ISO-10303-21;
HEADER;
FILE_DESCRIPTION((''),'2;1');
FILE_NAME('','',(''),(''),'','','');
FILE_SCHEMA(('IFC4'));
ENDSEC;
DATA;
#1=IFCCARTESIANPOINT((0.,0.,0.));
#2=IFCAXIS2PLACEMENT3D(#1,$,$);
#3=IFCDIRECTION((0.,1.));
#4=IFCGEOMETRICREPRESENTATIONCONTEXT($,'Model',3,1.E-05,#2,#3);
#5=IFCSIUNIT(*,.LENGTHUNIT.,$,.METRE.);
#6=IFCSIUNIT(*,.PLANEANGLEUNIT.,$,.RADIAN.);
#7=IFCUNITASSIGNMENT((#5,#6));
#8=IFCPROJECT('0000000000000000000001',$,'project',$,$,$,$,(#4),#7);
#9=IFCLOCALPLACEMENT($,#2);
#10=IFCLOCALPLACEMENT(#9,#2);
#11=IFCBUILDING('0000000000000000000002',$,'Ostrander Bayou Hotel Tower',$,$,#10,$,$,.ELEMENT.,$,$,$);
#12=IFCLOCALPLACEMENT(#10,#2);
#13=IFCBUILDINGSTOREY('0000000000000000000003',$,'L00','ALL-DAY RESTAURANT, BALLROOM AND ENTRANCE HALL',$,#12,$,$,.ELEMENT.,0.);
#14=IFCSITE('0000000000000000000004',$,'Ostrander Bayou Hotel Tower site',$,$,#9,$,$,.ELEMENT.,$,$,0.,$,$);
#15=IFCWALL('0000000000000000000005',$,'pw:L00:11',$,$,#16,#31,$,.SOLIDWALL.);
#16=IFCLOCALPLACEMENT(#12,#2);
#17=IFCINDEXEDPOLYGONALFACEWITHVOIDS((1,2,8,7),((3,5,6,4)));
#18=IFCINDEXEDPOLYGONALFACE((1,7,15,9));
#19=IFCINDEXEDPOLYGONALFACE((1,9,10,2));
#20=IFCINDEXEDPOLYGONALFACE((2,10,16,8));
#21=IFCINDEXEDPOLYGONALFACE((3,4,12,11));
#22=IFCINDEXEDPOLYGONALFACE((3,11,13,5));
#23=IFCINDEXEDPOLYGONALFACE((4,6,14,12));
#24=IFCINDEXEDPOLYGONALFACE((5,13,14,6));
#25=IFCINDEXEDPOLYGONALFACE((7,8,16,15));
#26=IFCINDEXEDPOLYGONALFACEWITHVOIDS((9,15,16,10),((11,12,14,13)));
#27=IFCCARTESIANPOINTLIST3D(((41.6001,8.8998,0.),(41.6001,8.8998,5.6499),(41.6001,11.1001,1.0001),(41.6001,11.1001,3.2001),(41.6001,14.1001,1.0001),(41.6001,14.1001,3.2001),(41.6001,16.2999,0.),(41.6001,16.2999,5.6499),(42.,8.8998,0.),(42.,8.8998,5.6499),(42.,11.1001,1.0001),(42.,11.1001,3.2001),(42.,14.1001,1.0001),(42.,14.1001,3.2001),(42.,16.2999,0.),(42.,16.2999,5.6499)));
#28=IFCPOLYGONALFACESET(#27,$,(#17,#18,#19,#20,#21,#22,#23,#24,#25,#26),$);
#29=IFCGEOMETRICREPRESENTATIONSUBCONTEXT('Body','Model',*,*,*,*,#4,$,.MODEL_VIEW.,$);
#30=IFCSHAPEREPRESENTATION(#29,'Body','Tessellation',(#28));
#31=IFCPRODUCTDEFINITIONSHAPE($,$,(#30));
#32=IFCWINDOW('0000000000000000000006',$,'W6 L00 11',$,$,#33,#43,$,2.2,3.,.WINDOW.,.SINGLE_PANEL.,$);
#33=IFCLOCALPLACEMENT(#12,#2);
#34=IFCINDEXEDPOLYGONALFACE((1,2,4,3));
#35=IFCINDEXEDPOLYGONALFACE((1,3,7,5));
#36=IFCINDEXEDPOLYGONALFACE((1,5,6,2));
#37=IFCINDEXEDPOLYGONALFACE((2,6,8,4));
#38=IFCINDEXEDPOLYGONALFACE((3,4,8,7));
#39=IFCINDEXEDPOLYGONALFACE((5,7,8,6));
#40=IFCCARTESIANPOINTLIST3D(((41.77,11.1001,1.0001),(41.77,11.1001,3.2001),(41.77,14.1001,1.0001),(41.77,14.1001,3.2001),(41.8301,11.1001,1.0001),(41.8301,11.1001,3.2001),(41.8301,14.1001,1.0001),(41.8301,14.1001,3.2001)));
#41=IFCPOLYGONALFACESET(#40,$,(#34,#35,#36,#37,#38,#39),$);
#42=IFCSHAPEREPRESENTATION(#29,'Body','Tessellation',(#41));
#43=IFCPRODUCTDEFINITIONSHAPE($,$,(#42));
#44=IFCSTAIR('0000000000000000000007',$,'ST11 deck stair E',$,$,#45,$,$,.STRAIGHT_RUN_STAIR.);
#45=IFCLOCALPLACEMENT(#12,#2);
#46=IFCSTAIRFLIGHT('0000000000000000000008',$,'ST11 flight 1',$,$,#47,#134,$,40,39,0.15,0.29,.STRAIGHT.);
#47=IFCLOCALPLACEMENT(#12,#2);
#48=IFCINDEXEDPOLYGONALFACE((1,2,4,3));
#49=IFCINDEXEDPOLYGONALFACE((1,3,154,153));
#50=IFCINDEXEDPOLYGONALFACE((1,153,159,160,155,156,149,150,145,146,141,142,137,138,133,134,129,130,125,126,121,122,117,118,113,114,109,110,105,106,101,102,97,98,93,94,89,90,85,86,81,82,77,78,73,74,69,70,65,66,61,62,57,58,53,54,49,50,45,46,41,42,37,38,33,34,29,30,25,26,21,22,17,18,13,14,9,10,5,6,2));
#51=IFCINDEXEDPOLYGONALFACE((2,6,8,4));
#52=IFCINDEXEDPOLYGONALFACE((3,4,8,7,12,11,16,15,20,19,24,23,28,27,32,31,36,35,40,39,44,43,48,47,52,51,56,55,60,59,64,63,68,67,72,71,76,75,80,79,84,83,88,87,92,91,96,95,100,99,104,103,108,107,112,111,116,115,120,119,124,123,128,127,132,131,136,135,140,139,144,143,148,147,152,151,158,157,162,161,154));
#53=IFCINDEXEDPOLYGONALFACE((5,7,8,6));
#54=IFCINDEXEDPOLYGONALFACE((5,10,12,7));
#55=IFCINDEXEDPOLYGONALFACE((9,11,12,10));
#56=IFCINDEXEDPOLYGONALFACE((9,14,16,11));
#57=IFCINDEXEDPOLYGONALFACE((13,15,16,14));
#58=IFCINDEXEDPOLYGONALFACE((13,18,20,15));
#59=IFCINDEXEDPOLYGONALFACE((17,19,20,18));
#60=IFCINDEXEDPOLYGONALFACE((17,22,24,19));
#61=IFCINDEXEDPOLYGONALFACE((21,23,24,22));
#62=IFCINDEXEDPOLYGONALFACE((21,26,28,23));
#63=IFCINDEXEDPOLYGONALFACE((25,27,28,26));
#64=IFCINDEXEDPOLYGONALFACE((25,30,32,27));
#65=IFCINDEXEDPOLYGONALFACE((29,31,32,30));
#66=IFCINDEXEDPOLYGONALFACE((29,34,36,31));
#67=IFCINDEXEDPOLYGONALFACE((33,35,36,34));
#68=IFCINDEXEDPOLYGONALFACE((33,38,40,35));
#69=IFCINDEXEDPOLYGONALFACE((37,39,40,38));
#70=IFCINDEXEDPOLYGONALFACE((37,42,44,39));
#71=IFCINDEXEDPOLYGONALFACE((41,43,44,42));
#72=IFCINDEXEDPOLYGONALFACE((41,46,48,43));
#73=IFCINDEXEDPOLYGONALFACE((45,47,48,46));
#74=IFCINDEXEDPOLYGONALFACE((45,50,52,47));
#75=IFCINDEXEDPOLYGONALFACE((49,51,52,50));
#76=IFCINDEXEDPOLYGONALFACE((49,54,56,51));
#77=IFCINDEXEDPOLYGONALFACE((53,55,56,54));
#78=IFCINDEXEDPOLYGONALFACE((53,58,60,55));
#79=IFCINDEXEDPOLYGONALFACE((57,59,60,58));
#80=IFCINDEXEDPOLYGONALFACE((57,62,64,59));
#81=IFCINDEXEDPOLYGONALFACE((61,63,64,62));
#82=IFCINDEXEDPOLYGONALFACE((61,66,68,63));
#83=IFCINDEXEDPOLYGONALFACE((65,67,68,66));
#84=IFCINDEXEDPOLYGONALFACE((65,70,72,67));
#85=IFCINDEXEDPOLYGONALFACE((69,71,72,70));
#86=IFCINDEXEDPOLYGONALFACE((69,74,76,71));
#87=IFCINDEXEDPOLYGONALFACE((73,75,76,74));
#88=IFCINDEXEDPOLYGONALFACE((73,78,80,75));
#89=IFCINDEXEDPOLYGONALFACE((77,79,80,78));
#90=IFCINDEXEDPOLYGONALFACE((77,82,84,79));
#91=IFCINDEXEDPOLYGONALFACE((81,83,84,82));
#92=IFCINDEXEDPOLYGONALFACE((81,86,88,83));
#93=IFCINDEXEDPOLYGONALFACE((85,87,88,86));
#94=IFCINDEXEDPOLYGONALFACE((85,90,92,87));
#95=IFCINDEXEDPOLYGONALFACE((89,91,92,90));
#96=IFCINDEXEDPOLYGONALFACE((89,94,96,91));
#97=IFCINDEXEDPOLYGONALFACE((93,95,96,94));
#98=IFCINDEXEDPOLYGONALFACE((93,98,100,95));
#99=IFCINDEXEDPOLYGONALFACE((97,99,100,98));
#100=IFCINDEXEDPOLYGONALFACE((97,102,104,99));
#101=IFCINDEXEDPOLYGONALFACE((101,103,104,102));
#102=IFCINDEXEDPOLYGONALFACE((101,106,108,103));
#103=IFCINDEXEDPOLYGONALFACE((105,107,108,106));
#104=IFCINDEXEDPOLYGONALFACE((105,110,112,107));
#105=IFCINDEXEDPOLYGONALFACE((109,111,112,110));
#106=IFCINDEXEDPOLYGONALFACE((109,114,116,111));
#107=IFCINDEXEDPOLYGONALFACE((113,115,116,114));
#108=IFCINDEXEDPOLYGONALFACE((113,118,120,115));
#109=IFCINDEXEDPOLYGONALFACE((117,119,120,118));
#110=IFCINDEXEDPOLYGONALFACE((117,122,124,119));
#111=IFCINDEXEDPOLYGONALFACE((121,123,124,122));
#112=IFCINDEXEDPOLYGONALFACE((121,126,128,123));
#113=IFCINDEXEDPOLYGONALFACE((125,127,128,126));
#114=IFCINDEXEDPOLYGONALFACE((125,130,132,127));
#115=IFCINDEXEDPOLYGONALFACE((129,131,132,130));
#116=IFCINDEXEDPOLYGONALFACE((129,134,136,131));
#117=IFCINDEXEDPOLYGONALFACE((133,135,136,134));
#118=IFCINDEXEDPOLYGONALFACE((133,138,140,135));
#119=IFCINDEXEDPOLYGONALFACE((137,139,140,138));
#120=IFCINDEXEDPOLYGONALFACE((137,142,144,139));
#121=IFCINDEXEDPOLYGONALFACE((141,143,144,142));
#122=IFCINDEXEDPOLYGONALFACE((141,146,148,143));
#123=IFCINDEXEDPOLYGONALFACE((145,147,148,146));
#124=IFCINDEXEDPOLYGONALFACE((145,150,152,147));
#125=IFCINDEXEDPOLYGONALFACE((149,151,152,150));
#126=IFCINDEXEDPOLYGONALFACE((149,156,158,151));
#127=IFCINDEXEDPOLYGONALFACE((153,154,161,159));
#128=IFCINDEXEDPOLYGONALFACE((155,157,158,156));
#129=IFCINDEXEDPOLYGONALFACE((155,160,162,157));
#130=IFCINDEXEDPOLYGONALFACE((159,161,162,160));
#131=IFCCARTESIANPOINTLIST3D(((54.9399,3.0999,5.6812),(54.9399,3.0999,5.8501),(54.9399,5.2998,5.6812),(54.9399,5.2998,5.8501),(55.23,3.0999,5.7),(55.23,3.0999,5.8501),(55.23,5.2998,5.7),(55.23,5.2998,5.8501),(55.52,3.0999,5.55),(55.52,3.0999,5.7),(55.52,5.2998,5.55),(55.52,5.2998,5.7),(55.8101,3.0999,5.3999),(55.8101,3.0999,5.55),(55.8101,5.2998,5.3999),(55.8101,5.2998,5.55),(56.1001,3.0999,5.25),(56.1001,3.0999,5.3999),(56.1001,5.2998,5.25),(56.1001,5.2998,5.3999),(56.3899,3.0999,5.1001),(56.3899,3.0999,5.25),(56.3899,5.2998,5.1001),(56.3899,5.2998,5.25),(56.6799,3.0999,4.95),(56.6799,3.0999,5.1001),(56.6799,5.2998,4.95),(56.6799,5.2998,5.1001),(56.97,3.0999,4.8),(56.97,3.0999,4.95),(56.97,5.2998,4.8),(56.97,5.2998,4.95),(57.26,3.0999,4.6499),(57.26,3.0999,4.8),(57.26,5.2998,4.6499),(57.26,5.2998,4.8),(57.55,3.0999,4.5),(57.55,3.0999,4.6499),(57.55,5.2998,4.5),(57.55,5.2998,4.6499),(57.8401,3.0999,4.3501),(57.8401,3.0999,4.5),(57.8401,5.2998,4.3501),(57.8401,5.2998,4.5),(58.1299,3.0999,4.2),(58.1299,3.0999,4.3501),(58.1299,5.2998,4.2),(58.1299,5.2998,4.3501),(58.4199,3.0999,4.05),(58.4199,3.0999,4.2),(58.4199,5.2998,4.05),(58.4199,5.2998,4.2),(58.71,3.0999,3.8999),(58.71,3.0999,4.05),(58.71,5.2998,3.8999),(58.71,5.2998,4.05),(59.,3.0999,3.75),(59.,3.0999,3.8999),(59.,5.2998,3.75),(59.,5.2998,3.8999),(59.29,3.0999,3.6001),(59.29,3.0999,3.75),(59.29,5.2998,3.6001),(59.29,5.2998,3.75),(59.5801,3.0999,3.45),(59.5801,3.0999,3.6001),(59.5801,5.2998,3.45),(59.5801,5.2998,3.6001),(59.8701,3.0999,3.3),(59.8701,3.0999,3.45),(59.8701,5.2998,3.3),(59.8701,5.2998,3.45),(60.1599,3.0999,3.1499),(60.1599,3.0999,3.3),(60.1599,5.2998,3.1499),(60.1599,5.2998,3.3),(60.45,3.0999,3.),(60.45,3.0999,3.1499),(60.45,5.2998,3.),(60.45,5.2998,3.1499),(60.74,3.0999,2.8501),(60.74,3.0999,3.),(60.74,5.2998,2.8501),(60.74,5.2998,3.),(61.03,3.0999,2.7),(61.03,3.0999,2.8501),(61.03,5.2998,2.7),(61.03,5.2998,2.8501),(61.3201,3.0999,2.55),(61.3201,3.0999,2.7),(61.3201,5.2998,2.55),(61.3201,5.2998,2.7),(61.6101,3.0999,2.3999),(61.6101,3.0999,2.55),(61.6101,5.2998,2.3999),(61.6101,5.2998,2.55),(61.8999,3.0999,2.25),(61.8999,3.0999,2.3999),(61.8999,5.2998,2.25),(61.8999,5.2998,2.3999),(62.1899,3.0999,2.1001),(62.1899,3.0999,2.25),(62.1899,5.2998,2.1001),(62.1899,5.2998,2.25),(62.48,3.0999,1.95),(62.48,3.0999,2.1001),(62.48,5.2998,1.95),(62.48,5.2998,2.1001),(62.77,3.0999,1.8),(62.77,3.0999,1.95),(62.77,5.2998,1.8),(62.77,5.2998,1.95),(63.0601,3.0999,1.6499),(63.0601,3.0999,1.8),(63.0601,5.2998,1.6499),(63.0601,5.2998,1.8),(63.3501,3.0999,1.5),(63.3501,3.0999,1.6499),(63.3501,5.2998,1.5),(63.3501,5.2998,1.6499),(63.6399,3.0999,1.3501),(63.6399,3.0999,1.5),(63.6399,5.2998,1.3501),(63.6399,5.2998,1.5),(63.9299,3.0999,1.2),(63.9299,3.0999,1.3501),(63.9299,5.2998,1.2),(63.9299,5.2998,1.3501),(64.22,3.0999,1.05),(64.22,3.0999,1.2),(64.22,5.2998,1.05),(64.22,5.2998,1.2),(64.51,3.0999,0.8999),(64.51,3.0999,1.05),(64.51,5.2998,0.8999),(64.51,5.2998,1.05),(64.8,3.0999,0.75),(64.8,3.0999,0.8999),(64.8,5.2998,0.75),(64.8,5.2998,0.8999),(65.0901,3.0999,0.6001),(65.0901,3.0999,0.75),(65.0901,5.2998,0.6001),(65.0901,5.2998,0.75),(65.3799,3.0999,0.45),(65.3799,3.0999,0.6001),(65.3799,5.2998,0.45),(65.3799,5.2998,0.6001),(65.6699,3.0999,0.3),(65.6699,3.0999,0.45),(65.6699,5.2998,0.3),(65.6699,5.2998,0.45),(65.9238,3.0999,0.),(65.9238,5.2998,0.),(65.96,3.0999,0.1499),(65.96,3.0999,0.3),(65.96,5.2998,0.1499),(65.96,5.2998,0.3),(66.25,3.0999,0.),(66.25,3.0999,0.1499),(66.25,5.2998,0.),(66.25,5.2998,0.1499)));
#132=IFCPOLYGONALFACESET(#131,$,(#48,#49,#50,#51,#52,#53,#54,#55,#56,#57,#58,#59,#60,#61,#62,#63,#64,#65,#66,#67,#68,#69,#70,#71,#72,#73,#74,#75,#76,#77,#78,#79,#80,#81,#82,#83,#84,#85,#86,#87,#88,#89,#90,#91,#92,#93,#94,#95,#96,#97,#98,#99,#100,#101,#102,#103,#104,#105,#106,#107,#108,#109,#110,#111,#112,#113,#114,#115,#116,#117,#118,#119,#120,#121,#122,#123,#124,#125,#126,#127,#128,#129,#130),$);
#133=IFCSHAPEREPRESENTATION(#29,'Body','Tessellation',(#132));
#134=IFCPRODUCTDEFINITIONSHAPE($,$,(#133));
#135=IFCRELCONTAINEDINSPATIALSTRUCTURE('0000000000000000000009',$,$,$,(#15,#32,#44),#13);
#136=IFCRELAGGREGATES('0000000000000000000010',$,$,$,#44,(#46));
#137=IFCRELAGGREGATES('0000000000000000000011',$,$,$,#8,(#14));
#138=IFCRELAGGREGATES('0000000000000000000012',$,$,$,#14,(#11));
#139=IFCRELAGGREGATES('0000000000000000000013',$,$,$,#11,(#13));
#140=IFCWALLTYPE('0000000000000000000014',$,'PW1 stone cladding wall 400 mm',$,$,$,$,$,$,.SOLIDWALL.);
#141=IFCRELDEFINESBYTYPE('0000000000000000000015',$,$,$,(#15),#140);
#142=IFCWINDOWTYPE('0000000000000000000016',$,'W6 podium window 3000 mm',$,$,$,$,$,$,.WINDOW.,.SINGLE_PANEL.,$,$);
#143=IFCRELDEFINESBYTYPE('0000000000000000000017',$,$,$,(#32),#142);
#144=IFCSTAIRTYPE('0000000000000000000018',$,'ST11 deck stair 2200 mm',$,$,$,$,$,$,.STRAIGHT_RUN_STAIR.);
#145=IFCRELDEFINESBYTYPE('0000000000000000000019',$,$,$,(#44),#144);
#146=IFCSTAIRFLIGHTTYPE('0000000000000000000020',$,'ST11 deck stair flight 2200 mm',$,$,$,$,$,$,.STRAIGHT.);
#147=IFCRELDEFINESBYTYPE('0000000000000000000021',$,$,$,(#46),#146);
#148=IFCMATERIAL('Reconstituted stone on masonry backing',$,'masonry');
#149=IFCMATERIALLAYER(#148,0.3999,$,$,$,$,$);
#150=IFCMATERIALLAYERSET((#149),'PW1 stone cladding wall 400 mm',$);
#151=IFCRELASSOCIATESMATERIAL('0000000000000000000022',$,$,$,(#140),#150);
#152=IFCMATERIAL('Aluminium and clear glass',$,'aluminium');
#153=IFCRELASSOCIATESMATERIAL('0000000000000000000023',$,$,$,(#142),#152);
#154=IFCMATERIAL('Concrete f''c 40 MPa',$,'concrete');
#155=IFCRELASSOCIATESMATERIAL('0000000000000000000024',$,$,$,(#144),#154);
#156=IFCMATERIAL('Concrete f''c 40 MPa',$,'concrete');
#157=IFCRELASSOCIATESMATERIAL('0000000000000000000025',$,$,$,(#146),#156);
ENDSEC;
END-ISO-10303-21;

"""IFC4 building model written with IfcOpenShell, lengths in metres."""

from ifc_helpers import new_model, si_unit, direction, frame, frame_2d, origin, place, context, subcontext, project, spatial, polyline, rectangle, outline, extrude, material, layer, layer_set, type_object, element, fill, aggregate, save


model = new_model("IFC4")

# Units and contexts
model_context = context("Model", 3, precision=1e-05, world=origin(), true_north=direction((0.0, 1.0)))
body_context = subcontext(model_context, "Body", "Model", "MODEL_VIEW")
ifc_project = project(units=[si_unit("LENGTHUNIT", "METRE"), si_unit("PLANEANGLEUNIT", "RADIAN")], contexts=[model_context])

# Site, building, storey
site_placement = place(None, origin())
site = spatial("IfcSite", under=ifc_project, at=site_placement, Name="Ostrander Bayou Hotel Tower site", CompositionType="ELEMENT", RefElevation=0.0)
building_placement = place(site_placement, origin())
building = spatial("IfcBuilding", under=site, at=building_placement, Name="Ostrander Bayou Hotel Tower", CompositionType="ELEMENT")
storey_placement = place(building_placement, origin())
storey = spatial("IfcBuildingStorey", under=building, at=storey_placement, Name="L00", Description="ALL-DAY RESTAURANT, BALLROOM AND ENTRANCE HALL", CompositionType="ELEMENT", Elevation=0.0)

# Shared definitions
ifc_material_1 = material(Name="Reconstituted stone on masonry backing", Category="masonry")
ifc_layer = layer(ifc_material_1, 0.3999)
ifc_layer_set = layer_set([ifc_layer], Name="PW1 stone cladding wall 400 mm")
wall_type = type_object("IfcWallType", Name="PW1 stone cladding wall 400 mm", PredefinedType="SOLIDWALL", material=ifc_layer_set)
ifc_material_2 = material(Name="Aluminium and clear glass", Category="aluminium")
window_type = type_object("IfcWindowType", Name="W6 podium window 3000 mm", PartitioningType="SINGLE_PANEL", PredefinedType="WINDOW", material=ifc_material_2)

# Wall, opening, window
wall_1_placement = place(storey_placement, frame((41.8, 16.3, 0.0), z_axis=(0.0, 0.0, 1.0), x_axis=(0.0, -1.0, 0.0)))
wall_1 = element("IfcWall", 1, at=wall_1_placement, inside=storey, type_object=wall_type, Name="pw:L00:11", PredefinedType="SOLIDWALL", context=body_context, shape_type="SweptSolid", body=[
    extrude(rectangle(XDim=7.4001, YDim=0.3999, at=frame_2d((3.7002, 0.0))), origin(), (0.0, 0.0, 1.0), 5.6499),
])
opening_1_placement = place(wall_1_placement, frame((2.2, 0.0, 1.0)))
opening_1 = element("IfcOpeningElement", 2, at=opening_1_placement, cuts=wall_1, PredefinedType="OPENING", context=body_context, shape_type="SweptSolid", body=[
    extrude(rectangle(XDim=3.0, YDim=2.2, at=frame_2d((1.5, 1.1001))), frame((0.0, 0.2, 0.0), z_axis=(0.0, -1.0, 0.0), x_axis=(1.0, 0.0, 0.0)), (0.0, 0.0, 1.0), 0.3999),
])
window_1_placement = place(opening_1_placement, origin())
window_1 = element("IfcWindow", 3, at=window_1_placement, inside=storey, type_object=window_type, Name="W6 L00 11", OverallHeight=2.2, OverallWidth=3.0, PartitioningType="SINGLE_PANEL", PredefinedType="WINDOW", context=body_context, shape_type="SweptSolid", body=[
    extrude(rectangle(XDim=3.0, YDim=2.2, at=frame_2d((1.5, 1.1001))), frame((0.0, 0.03, 0.0), z_axis=(0.0, -1.0, 0.0), x_axis=(1.0, 0.0, 0.0)), (0.0, 0.0, 1.0), 0.0601),
])
fill(opening_1, window_1)

# Stair, stair flight
ifc_material_3 = material(Name="Concrete f'c 40 MPa", Category="concrete")
stair_type = type_object("IfcStairType", Name="ST11 deck stair 2200 mm", PredefinedType="STRAIGHT_RUN_STAIR", material=ifc_material_3)
stair_placement = place(storey_placement, origin())
stair = element("IfcStair", 4, at=stair_placement, inside=storey, type_object=stair_type, Name="ST11 deck stair E", PredefinedType="STRAIGHT_RUN_STAIR")
ifc_material_4 = material(Name="Concrete f'c 40 MPa", Category="concrete")
stair_flight_type = type_object("IfcStairFlightType", Name="ST11 deck stair flight 2200 mm", PredefinedType="STRAIGHT", material=ifc_material_4)
stair_flight_placement = place(storey_placement, frame((66.25, 4.2, 0.0), z_axis=(0.0, 0.0, 1.0), x_axis=(-1.0, 0.0, 0.0)))
stair_flight = element("IfcStairFlight", 5, at=stair_flight_placement, type_object=stair_flight_type, Name="ST11 flight 1", NumberOfRisers=40, NumberOfTreads=39, PredefinedType="STRAIGHT", RiserHeight=0.15, TreadLength=0.29, context=body_context, shape_type="SweptSolid", body=[
    extrude(outline(polyline([(0.0, 0.0), (0.0, 0.1499), (0.29, 0.1499), (0.29, 0.3), (0.5801, 0.3), (0.5801, 0.45), (0.8701, 0.45), (0.8701, 0.6001), (1.1599, 0.6001), (1.1599, 0.75), (1.45, 0.75), (1.45, 0.8999), (1.74, 0.8999), (1.74, 1.05), (2.03, 1.05), (2.03, 1.2), (2.3201, 1.2), (2.3201, 1.3501), (2.6101, 1.3501), (2.6101, 1.5), (2.8999, 1.5), (2.8999, 1.6499), (3.1899, 1.6499), (3.1899, 1.8), (3.48, 1.8), (3.48, 1.95), (3.77, 1.95), (3.77, 2.1001), (4.0601, 2.1001), (4.0601, 2.25), (4.3501, 2.25), (4.3501, 2.3999), (4.6399, 2.3999), (4.6399, 2.55), (4.9299, 2.55), (4.9299, 2.7), (5.22, 2.7), (5.22, 2.8501), (5.51, 2.8501), (5.51, 3.0), (5.8, 3.0), (5.8, 3.1499), (6.0901, 3.1499), (6.0901, 3.3), (6.3799, 3.3), (6.3799, 3.45), (6.6699, 3.45), (6.6699, 3.6001), (6.96, 3.6001), (6.96, 3.75), (7.25, 3.75), (7.25, 3.8999), (7.54, 3.8999), (7.54, 4.05), (7.8301, 4.05), (7.8301, 4.2), (8.1201, 4.2), (8.1201, 4.3501), (8.4099, 4.3501), (8.4099, 4.5), (8.7, 4.5), (8.7, 4.6499), (8.99, 4.6499), (8.99, 4.8), (9.28, 4.8), (9.28, 4.95), (9.5701, 4.95), (9.5701, 5.1001), (9.8601, 5.1001), (9.8601, 5.25), (10.1499, 5.25), (10.1499, 5.3999), (10.4399, 5.3999), (10.4399, 5.55), (10.73, 5.55), (10.73, 5.7), (11.02, 5.7), (11.02, 5.8501), (11.3101, 5.8501), (11.3101, 6.0), (11.3101, 5.6812), (0.3262, 0.0), (0.0, 0.0)])), frame((0.0, 1.1001, 0.0), z_axis=(0.0, -1.0, 0.0), x_axis=(1.0, 0.0, 0.0)), (0.0, 0.0, 1.0), 2.2),
])
aggregate(stair, [stair_flight])

save(model, "model.ifc")
